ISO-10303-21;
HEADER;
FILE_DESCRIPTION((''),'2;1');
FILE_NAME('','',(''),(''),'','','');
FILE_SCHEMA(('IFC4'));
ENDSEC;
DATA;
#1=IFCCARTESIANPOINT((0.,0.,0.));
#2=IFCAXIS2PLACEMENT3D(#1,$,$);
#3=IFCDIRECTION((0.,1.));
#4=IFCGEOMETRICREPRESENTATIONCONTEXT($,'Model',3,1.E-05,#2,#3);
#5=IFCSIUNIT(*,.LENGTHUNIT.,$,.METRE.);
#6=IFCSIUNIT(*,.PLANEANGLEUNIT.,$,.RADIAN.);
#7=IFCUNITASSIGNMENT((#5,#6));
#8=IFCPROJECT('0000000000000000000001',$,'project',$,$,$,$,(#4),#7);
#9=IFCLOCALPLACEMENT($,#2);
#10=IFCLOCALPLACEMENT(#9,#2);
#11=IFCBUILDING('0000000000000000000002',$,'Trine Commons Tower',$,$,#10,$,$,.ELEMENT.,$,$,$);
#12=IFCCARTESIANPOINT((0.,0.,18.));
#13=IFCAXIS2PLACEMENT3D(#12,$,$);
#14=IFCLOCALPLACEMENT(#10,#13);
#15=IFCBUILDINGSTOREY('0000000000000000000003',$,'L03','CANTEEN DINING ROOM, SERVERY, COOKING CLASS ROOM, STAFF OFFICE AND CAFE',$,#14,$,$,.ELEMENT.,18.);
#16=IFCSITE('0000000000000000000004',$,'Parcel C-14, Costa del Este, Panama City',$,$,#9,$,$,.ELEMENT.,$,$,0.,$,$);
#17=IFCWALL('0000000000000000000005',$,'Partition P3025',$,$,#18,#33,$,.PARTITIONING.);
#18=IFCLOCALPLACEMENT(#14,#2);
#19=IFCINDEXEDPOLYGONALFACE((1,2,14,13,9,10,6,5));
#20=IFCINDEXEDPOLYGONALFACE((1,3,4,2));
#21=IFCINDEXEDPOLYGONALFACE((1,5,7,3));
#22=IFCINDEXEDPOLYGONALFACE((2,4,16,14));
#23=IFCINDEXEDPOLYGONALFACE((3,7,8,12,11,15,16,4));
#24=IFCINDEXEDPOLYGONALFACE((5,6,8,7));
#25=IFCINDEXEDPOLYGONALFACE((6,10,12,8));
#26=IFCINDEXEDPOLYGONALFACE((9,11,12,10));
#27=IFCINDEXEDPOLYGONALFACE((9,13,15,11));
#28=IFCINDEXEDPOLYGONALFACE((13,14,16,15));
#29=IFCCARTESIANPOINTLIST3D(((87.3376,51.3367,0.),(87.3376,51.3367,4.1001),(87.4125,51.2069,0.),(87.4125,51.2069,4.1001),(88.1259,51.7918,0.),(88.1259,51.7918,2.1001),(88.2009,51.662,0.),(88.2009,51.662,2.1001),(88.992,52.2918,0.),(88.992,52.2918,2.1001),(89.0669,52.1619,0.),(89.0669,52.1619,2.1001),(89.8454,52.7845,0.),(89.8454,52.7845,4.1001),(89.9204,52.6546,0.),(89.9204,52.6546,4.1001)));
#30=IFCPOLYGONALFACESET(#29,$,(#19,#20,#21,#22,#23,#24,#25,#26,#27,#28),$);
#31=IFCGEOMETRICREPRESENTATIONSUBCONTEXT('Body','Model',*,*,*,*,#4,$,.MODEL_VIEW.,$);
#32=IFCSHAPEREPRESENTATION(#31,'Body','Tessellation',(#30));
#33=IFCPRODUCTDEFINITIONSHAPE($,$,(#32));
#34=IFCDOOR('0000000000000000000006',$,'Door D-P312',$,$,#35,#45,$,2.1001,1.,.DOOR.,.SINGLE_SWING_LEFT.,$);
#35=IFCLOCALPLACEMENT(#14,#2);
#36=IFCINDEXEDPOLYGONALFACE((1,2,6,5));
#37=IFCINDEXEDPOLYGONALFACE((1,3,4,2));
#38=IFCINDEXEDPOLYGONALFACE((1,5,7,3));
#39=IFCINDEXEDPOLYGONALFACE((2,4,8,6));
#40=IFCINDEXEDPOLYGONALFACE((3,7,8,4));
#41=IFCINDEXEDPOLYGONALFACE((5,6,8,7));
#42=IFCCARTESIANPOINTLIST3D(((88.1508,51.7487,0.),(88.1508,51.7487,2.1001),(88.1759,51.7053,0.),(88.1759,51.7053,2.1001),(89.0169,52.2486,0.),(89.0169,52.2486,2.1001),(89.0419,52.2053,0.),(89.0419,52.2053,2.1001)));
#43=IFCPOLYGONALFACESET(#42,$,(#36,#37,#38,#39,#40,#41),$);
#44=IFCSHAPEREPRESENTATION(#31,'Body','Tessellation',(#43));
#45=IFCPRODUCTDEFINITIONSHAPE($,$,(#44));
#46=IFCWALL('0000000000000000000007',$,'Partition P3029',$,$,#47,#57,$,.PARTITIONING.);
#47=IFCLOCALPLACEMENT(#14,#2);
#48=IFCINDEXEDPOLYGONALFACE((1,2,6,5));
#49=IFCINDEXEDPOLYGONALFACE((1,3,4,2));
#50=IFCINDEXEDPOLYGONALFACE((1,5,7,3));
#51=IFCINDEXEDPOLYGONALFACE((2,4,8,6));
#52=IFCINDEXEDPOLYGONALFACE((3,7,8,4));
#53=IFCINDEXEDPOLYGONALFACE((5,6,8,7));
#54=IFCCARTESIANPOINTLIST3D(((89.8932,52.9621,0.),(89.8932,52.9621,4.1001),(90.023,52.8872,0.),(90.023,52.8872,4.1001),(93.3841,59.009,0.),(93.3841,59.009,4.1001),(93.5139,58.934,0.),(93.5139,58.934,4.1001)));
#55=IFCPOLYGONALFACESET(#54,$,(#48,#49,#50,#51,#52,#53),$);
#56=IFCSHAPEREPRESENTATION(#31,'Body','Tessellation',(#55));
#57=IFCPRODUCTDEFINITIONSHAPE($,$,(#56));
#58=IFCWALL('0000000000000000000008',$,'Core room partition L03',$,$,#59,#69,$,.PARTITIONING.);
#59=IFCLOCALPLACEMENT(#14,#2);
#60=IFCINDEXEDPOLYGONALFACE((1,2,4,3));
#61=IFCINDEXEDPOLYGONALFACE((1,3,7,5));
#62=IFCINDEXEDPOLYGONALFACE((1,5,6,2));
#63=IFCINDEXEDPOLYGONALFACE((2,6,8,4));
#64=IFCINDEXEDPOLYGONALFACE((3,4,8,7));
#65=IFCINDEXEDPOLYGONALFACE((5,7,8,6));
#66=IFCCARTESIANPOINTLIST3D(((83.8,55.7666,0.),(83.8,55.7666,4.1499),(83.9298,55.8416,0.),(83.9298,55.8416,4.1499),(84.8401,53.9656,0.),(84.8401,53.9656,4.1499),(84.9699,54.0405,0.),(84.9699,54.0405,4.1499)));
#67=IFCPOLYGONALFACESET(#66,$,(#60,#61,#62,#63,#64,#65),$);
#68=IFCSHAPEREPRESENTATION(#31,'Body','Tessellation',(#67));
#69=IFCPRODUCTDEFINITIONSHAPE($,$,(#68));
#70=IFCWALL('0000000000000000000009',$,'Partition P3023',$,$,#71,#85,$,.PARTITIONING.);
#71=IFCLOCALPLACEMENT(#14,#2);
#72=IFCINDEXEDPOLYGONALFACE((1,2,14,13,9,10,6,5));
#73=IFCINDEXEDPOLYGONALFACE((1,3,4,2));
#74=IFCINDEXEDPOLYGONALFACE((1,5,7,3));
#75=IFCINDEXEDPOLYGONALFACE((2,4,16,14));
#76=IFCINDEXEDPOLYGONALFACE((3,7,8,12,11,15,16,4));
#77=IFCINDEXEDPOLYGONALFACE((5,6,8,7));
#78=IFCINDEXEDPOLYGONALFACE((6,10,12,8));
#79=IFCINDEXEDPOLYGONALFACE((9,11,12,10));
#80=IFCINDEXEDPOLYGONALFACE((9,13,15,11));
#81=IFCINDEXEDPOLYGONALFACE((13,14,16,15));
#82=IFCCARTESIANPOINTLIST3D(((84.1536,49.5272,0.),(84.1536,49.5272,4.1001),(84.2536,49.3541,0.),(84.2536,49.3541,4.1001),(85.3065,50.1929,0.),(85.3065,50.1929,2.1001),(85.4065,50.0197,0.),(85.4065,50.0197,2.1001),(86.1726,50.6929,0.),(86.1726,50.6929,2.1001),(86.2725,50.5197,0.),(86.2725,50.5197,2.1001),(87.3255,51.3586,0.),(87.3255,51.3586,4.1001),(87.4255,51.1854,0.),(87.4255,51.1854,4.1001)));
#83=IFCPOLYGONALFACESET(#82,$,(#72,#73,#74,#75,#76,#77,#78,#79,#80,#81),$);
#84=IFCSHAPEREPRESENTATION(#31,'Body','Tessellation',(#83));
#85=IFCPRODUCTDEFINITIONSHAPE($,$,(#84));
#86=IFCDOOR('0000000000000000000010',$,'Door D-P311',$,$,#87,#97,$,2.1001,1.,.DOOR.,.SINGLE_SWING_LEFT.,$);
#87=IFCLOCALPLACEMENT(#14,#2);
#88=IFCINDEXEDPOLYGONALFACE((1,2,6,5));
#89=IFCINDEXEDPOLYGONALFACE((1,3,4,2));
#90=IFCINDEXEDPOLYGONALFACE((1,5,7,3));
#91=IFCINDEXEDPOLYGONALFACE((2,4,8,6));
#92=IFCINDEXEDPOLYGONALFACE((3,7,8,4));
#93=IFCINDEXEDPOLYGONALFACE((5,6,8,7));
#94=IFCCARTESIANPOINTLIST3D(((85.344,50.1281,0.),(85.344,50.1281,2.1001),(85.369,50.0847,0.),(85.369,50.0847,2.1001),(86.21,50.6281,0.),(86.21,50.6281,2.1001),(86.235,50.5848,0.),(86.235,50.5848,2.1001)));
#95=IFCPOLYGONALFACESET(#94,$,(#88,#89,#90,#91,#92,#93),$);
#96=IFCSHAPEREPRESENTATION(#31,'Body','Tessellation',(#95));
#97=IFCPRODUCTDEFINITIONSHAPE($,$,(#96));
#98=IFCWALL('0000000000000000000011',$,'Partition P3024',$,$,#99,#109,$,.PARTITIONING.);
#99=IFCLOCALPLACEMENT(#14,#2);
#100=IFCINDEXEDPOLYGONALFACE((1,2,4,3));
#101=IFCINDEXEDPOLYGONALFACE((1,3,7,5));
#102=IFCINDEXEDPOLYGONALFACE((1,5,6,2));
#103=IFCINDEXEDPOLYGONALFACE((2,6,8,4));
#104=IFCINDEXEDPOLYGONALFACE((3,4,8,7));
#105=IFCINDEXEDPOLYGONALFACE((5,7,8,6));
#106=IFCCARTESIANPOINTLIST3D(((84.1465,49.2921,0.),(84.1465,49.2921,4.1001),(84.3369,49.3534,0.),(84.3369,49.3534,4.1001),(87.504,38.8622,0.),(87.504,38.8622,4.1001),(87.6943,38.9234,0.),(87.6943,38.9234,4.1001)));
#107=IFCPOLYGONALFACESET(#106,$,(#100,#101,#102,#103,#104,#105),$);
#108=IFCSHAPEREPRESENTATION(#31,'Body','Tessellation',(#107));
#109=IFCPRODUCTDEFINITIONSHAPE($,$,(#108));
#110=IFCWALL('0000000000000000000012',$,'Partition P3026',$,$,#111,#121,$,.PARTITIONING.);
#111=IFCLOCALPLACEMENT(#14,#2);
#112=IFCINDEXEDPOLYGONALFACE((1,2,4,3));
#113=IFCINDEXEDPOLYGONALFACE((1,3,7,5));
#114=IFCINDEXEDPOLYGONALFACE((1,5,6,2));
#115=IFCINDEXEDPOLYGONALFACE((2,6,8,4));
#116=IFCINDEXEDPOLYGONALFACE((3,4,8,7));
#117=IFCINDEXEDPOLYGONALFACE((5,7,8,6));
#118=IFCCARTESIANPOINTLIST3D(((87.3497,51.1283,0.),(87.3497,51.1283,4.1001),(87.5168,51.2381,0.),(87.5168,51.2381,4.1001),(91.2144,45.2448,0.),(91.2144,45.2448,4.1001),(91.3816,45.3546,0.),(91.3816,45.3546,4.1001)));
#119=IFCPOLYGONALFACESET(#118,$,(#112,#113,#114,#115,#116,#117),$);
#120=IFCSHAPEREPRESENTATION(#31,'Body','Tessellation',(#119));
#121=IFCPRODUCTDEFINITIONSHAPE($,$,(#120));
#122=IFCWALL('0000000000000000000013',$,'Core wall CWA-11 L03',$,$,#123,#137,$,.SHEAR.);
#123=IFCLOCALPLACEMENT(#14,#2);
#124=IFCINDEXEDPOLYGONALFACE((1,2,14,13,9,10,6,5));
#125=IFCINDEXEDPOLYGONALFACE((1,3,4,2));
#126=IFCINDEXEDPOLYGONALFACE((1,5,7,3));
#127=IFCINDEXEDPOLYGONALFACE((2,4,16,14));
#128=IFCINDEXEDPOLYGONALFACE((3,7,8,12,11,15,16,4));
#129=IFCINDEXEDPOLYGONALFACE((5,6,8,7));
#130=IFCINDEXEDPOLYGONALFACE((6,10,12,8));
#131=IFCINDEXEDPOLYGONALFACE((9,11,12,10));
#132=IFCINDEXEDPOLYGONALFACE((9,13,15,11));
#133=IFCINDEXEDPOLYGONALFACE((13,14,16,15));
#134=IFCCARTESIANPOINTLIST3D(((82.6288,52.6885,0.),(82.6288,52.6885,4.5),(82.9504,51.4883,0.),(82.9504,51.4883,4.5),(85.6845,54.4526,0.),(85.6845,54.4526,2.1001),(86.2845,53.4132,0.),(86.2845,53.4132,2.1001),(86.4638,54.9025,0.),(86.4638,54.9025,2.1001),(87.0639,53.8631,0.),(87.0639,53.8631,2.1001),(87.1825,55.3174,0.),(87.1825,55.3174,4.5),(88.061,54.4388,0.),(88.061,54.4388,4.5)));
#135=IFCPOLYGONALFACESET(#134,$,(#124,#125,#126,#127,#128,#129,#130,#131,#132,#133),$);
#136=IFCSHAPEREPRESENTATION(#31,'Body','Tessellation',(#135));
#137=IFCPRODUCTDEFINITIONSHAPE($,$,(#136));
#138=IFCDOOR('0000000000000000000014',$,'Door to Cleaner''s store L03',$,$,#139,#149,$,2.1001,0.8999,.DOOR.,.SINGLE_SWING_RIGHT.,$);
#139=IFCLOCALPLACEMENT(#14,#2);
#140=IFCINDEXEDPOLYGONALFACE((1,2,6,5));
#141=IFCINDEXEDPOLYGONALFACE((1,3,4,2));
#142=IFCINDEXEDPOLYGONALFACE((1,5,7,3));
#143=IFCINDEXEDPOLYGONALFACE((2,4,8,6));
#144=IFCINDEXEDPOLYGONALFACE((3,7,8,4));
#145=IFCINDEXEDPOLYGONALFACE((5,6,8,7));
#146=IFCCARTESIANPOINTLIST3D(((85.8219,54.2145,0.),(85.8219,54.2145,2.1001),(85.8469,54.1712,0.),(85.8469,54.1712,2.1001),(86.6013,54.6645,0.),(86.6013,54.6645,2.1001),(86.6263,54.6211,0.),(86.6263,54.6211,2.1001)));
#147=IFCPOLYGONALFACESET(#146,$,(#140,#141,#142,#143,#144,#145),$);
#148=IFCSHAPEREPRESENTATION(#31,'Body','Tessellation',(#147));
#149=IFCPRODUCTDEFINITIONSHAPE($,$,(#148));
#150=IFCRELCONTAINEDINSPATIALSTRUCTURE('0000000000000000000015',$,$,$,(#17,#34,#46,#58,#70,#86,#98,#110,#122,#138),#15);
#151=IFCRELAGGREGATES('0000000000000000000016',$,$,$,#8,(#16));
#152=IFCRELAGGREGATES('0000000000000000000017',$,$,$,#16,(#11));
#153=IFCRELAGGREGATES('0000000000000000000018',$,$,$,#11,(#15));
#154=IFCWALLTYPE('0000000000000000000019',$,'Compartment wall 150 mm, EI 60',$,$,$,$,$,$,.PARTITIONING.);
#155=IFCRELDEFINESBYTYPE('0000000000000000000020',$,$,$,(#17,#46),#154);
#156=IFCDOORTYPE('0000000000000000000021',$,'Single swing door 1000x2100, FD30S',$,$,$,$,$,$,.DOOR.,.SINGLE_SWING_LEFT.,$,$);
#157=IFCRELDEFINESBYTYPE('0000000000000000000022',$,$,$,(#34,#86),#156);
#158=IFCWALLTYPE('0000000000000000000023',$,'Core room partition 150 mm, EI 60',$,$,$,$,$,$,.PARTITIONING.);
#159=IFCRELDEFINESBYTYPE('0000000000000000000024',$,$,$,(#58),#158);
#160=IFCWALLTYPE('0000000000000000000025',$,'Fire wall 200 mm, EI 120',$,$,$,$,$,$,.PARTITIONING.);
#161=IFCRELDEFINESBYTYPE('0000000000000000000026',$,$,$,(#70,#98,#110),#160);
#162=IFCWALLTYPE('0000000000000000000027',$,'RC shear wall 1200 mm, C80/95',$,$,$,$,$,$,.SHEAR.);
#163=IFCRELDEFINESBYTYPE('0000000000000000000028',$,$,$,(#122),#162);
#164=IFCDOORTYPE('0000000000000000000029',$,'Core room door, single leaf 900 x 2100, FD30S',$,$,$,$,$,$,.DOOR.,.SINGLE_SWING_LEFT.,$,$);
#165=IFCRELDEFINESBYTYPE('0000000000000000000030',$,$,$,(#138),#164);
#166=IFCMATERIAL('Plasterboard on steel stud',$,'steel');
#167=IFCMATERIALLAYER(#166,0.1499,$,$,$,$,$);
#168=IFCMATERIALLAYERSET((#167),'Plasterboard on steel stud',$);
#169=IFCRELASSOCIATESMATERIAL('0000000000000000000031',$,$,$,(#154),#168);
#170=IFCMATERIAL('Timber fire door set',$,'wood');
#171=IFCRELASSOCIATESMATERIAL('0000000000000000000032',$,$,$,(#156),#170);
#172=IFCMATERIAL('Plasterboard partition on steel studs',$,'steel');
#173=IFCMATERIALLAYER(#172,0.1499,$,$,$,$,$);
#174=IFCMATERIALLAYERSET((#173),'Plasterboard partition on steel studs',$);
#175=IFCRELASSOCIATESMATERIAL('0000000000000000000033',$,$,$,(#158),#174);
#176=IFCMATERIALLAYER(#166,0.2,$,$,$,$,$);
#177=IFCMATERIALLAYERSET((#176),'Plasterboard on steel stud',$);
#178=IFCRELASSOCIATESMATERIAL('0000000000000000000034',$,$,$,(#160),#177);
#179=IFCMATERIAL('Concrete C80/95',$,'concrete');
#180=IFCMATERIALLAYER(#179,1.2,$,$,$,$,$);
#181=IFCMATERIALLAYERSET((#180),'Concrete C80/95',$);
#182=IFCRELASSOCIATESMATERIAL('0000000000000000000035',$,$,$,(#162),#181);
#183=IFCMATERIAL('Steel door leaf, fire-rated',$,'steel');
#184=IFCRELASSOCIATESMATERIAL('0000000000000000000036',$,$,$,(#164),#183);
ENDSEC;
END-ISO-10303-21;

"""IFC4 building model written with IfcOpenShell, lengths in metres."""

from ifc_helpers import new_model, si_unit, direction, frame, frame_2d, origin, place, context, subcontext, project, spatial, polyline, rectangle, outline, extrude, material, layer, layer_set, type_object, element, fill, save


model = new_model("IFC4")

# Units and contexts
model_context = context("Model", 3, precision=1e-05, world=origin(), true_north=direction((0.0, 1.0)))
body_context = subcontext(model_context, "Body", "Model", "MODEL_VIEW")
ifc_project = project(units=[si_unit("LENGTHUNIT", "METRE"), si_unit("PLANEANGLEUNIT", "RADIAN")], contexts=[model_context])

# Site, building, storey
site_placement = place(None, origin())
site = spatial("IfcSite", under=ifc_project, at=site_placement, Name="Parcel C-14, Costa del Este, Panama City", CompositionType="ELEMENT", RefElevation=0.0)
building_placement = place(site_placement, origin())
building = spatial("IfcBuilding", under=site, at=building_placement, Name="Trine Commons Tower", CompositionType="ELEMENT")
storey_placement = place(building_placement, frame((0.0, 0.0, 18.0)))
storey = spatial("IfcBuildingStorey", under=building, at=storey_placement, Name="L03", Description="CANTEEN DINING ROOM, SERVERY, COOKING CLASS ROOM, STAFF OFFICE AND CAFE", CompositionType="ELEMENT", Elevation=18.0)

# Shared definitions
ifc_material_1 = material(Name="Concrete C80/95", Category="concrete")

# Shared definitions
ifc_material_2 = material(Name="Plasterboard on steel stud", Category="steel")
ifc_layer_1 = layer(ifc_material_2, 0.1499)
ifc_layer_set_1 = layer_set([ifc_layer_1], Name="Plasterboard on steel stud")
wall_type_1 = type_object("IfcWallType", Name="Compartment wall 150 mm, EI 60", PredefinedType="PARTITIONING", material=ifc_layer_set_1)

# Wall, opening, door
wall_1_placement = place(storey_placement, frame((89.8828, 52.7195, 0.0), z_axis=(0.0, 0.0, 1.0), x_axis=(-0.866045, -0.499966, 0.0)))
wall_1 = element("IfcWall", 1, at=wall_1_placement, inside=storey, type_object=wall_type_1, Name="Partition P3025", PredefinedType="PARTITIONING", context=body_context, shape_type="SweptSolid", body=[
    extrude(rectangle(XDim=2.8958, YDim=0.1499, at=frame_2d((1.4478, 0.0))), origin(), (0.0, 0.0, 1.0), 4.1001),
])
opening_1_placement = place(wall_1_placement, frame((0.9854, 0.0, 0.0)))
opening_1 = element("IfcOpeningElement", 2, at=opening_1_placement, cuts=wall_1, PredefinedType="OPENING", context=body_context, shape_type="SweptSolid", body=[
    extrude(rectangle(XDim=1.0, YDim=2.1001, at=frame_2d((0.5, 1.05))), frame((0.0, 0.085, 0.0), z_axis=(0.0, -1.0, 0.0), x_axis=(1.0, 0.0, 0.0)), (0.0, 0.0, 1.0), 0.1699),
])
ifc_material_3 = material(Name="Timber fire door set", Category="wood")
door_type_1 = type_object("IfcDoorType", Name="Single swing door 1000x2100, FD30S", OperationType="SINGLE_SWING_LEFT", PredefinedType="DOOR", material=ifc_material_3)
door_1_placement = place(opening_1_placement, origin())
door_1 = element("IfcDoor", 3, at=door_1_placement, inside=storey, type_object=door_type_1, Name="Door D-P312", OperationType="SINGLE_SWING_LEFT", OverallHeight=2.1001, OverallWidth=1.0, PredefinedType="DOOR", context=body_context, shape_type="SweptSolid", body=[
    extrude(rectangle(XDim=1.0, YDim=2.1001, at=frame_2d((0.5, 1.05))), frame((0.0, 0.0249, 0.0), z_axis=(0.0, -1.0, 0.0), x_axis=(1.0, 0.0, 0.0)), (0.0, 0.0, 1.0), 0.05),
])
fill(opening_1, door_1)

# Walls
wall_2_placement = place(storey_placement, frame((89.958, 52.9246, 0.0), z_axis=(0.0, 0.0, 1.0), x_axis=(0.499979, 0.866038, 0.0)))
element("IfcWall", 4, at=wall_2_placement, inside=storey, type_object=wall_type_1, Name="Partition P3029", PredefinedType="PARTITIONING", context=body_context, shape_type="SweptSolid", body=[
    extrude(rectangle(XDim=6.9822, YDim=0.1499, at=frame_2d((3.4912, 0.0))), origin(), (0.0, 0.0, 1.0), 4.1001),
])
ifc_material_4 = material(Name="Plasterboard partition on steel studs", Category="steel")
ifc_layer_2 = layer(ifc_material_4, 0.1499)
ifc_layer_set_2 = layer_set([ifc_layer_2], Name="Plasterboard partition on steel studs")
wall_type_2 = type_object("IfcWallType", Name="Core room partition 150 mm, EI 60", PredefinedType="PARTITIONING", material=ifc_layer_set_2)
wall_3_placement = place(storey_placement, frame((84.905, 54.0029, 0.0), z_axis=(0.0, 0.0, 1.0), x_axis=(-0.500078, 0.86598, 0.0)))
element("IfcWall", 5, at=wall_3_placement, inside=storey, type_object=wall_type_2, Name="Core room partition L03", PredefinedType="PARTITIONING", context=body_context, shape_type="SweptSolid", body=[
    extrude(rectangle(XDim=2.0798, YDim=0.1499, at=frame_2d((1.04, 0.0))), origin(), (0.0, 0.0, 1.0), 4.1499),
])

# Wall, opening, door
ifc_layer_3 = layer(ifc_material_2, 0.2)
ifc_layer_set_3 = layer_set([ifc_layer_3], Name="Plasterboard on steel stud")
wall_type_3 = type_object("IfcWallType", Name="Fire wall 200 mm, EI 120", PredefinedType="PARTITIONING", material=ifc_layer_set_3)
wall_4_placement = place(storey_placement, frame((87.3755, 51.272, 0.0), z_axis=(0.0, 0.0, 1.0), x_axis=(-0.866024, -0.500003, 0.0)))
wall_4 = element("IfcWall", 6, at=wall_4_placement, inside=storey, type_object=wall_type_3, Name="Partition P3023", PredefinedType="PARTITIONING", context=body_context, shape_type="SweptSolid", body=[
    extrude(rectangle(XDim=3.6626, YDim=0.2, at=frame_2d((1.8313, 0.0))), origin(), (0.0, 0.0, 1.0), 4.1001),
])
opening_2_placement = place(wall_4_placement, frame((1.3313, 0.0, 0.0)))
opening_2 = element("IfcOpeningElement", 7, at=opening_2_placement, cuts=wall_4, PredefinedType="OPENING", context=body_context, shape_type="SweptSolid", body=[
    extrude(rectangle(XDim=1.0, YDim=2.1001, at=frame_2d((0.5, 1.05))), frame((0.0, 0.1099, 0.0), z_axis=(0.0, -1.0, 0.0), x_axis=(1.0, 0.0, 0.0)), (0.0, 0.0, 1.0), 0.22),
])
door_2_placement = place(opening_2_placement, origin())
door_2 = element("IfcDoor", 8, at=door_2_placement, inside=storey, type_object=door_type_1, Name="Door D-P311", OperationType="SINGLE_SWING_LEFT", OverallHeight=2.1001, OverallWidth=1.0, PredefinedType="DOOR", context=body_context, shape_type="SweptSolid", body=[
    extrude(rectangle(XDim=1.0, YDim=2.1001, at=frame_2d((0.5, 1.05))), frame((0.0, 0.0249, 0.0), z_axis=(0.0, -1.0, 0.0), x_axis=(1.0, 0.0, 0.0)), (0.0, 0.0, 1.0), 0.05),
])
fill(opening_2, door_2)

# Walls
wall_5_placement = place(storey_placement, frame((84.2417, 49.3228, 0.0), z_axis=(0.0, 0.0, 1.0), x_axis=(0.306418, -0.951897, 0.0)))
element("IfcWall", 9, at=wall_5_placement, inside=storey, type_object=wall_type_3, Name="Partition P3024", PredefinedType="PARTITIONING", context=body_context, shape_type="SweptSolid", body=[
    extrude(rectangle(XDim=10.957, YDim=0.2, at=frame_2d((5.4785, 0.0))), origin(), (0.0, 0.0, 1.0), 4.1001),
])
wall_6_placement = place(storey_placement, frame((87.4333, 51.1831, 0.0), z_axis=(0.0, 0.0, 1.0), x_axis=(0.549021, -0.835809, 0.0)))
element("IfcWall", 10, at=wall_6_placement, inside=storey, type_object=wall_type_3, Name="Partition P3026", PredefinedType="PARTITIONING", context=body_context, shape_type="SweptSolid", body=[
    extrude(rectangle(XDim=7.0393, YDim=0.2, at=frame_2d((3.5195, 0.0))), origin(), (0.0, 0.0, 1.0), 4.1001),
])

# Wall, opening, door
ifc_layer_4 = layer(ifc_material_1, 1.2)
ifc_layer_set_4 = layer_set([ifc_layer_4], Name="Concrete C80/95")
wall_type_4 = type_object("IfcWallType", Name="RC shear wall 1200 mm, C80/95", PredefinedType="SHEAR", material=ifc_layer_set_4)
wall_7_placement = place(storey_placement, frame((82.6504, 52.0081, 0.0), z_axis=(0.0, 0.0, 1.0), x_axis=(0.866037, 0.499979, 0.0)))
wall_7 = element("IfcWall", 11, at=wall_7_placement, inside=storey, type_object=wall_type_4, Name="Core wall CWA-11 L03", PredefinedType="SHEAR", context=body_context, shape_type="SweptSolid", body=[
    extrude(outline(polyline([(0.0, -0.6001), (5.9011, -0.6001), (5.5796, 0.6001), (0.3215, 0.6001), (0.0, -0.6001)])), origin(), (0.0, 0.0, 1.0), 4.5),
])
opening_3_placement = place(wall_7_placement, frame((3.8499, 0.0, 0.0)))
opening_3 = element("IfcOpeningElement", 12, at=opening_3_placement, cuts=wall_7, PredefinedType="OPENING", context=body_context, shape_type="SweptSolid", body=[
    extrude(rectangle(XDim=0.8999, YDim=2.1001, at=frame_2d((0.45, 1.05))), frame((0.0, 0.6099, 0.0), z_axis=(0.0, -1.0, 0.0), x_axis=(1.0, 0.0, 0.0)), (0.0, 0.0, 1.0), 1.22),
])
ifc_material_5 = material(Name="Steel door leaf, fire-rated", Category="steel")
door_type_2 = type_object("IfcDoorType", Name="Core room door, single leaf 900 x 2100, FD30S", OperationType="SINGLE_SWING_LEFT", PredefinedType="DOOR", material=ifc_material_5)
door_3_placement = place(opening_3_placement, origin())
door_3 = element("IfcDoor", 13, at=door_3_placement, inside=storey, type_object=door_type_2, Name="Door to Cleaner's store L03", OperationType="SINGLE_SWING_RIGHT", OverallHeight=2.1001, OverallWidth=0.8999, PredefinedType="DOOR", context=body_context, shape_type="SweptSolid", body=[
    extrude(rectangle(XDim=0.8999, YDim=2.1001, at=frame_2d((0.45, 1.05))), frame((0.0, 0.3252, 0.0), z_axis=(0.0, -1.0, 0.0), x_axis=(1.0, 0.0, 0.0)), (0.0, 0.0, 1.0), 0.05),
])
fill(opening_3, door_3)

save(model, "model.ifc")
